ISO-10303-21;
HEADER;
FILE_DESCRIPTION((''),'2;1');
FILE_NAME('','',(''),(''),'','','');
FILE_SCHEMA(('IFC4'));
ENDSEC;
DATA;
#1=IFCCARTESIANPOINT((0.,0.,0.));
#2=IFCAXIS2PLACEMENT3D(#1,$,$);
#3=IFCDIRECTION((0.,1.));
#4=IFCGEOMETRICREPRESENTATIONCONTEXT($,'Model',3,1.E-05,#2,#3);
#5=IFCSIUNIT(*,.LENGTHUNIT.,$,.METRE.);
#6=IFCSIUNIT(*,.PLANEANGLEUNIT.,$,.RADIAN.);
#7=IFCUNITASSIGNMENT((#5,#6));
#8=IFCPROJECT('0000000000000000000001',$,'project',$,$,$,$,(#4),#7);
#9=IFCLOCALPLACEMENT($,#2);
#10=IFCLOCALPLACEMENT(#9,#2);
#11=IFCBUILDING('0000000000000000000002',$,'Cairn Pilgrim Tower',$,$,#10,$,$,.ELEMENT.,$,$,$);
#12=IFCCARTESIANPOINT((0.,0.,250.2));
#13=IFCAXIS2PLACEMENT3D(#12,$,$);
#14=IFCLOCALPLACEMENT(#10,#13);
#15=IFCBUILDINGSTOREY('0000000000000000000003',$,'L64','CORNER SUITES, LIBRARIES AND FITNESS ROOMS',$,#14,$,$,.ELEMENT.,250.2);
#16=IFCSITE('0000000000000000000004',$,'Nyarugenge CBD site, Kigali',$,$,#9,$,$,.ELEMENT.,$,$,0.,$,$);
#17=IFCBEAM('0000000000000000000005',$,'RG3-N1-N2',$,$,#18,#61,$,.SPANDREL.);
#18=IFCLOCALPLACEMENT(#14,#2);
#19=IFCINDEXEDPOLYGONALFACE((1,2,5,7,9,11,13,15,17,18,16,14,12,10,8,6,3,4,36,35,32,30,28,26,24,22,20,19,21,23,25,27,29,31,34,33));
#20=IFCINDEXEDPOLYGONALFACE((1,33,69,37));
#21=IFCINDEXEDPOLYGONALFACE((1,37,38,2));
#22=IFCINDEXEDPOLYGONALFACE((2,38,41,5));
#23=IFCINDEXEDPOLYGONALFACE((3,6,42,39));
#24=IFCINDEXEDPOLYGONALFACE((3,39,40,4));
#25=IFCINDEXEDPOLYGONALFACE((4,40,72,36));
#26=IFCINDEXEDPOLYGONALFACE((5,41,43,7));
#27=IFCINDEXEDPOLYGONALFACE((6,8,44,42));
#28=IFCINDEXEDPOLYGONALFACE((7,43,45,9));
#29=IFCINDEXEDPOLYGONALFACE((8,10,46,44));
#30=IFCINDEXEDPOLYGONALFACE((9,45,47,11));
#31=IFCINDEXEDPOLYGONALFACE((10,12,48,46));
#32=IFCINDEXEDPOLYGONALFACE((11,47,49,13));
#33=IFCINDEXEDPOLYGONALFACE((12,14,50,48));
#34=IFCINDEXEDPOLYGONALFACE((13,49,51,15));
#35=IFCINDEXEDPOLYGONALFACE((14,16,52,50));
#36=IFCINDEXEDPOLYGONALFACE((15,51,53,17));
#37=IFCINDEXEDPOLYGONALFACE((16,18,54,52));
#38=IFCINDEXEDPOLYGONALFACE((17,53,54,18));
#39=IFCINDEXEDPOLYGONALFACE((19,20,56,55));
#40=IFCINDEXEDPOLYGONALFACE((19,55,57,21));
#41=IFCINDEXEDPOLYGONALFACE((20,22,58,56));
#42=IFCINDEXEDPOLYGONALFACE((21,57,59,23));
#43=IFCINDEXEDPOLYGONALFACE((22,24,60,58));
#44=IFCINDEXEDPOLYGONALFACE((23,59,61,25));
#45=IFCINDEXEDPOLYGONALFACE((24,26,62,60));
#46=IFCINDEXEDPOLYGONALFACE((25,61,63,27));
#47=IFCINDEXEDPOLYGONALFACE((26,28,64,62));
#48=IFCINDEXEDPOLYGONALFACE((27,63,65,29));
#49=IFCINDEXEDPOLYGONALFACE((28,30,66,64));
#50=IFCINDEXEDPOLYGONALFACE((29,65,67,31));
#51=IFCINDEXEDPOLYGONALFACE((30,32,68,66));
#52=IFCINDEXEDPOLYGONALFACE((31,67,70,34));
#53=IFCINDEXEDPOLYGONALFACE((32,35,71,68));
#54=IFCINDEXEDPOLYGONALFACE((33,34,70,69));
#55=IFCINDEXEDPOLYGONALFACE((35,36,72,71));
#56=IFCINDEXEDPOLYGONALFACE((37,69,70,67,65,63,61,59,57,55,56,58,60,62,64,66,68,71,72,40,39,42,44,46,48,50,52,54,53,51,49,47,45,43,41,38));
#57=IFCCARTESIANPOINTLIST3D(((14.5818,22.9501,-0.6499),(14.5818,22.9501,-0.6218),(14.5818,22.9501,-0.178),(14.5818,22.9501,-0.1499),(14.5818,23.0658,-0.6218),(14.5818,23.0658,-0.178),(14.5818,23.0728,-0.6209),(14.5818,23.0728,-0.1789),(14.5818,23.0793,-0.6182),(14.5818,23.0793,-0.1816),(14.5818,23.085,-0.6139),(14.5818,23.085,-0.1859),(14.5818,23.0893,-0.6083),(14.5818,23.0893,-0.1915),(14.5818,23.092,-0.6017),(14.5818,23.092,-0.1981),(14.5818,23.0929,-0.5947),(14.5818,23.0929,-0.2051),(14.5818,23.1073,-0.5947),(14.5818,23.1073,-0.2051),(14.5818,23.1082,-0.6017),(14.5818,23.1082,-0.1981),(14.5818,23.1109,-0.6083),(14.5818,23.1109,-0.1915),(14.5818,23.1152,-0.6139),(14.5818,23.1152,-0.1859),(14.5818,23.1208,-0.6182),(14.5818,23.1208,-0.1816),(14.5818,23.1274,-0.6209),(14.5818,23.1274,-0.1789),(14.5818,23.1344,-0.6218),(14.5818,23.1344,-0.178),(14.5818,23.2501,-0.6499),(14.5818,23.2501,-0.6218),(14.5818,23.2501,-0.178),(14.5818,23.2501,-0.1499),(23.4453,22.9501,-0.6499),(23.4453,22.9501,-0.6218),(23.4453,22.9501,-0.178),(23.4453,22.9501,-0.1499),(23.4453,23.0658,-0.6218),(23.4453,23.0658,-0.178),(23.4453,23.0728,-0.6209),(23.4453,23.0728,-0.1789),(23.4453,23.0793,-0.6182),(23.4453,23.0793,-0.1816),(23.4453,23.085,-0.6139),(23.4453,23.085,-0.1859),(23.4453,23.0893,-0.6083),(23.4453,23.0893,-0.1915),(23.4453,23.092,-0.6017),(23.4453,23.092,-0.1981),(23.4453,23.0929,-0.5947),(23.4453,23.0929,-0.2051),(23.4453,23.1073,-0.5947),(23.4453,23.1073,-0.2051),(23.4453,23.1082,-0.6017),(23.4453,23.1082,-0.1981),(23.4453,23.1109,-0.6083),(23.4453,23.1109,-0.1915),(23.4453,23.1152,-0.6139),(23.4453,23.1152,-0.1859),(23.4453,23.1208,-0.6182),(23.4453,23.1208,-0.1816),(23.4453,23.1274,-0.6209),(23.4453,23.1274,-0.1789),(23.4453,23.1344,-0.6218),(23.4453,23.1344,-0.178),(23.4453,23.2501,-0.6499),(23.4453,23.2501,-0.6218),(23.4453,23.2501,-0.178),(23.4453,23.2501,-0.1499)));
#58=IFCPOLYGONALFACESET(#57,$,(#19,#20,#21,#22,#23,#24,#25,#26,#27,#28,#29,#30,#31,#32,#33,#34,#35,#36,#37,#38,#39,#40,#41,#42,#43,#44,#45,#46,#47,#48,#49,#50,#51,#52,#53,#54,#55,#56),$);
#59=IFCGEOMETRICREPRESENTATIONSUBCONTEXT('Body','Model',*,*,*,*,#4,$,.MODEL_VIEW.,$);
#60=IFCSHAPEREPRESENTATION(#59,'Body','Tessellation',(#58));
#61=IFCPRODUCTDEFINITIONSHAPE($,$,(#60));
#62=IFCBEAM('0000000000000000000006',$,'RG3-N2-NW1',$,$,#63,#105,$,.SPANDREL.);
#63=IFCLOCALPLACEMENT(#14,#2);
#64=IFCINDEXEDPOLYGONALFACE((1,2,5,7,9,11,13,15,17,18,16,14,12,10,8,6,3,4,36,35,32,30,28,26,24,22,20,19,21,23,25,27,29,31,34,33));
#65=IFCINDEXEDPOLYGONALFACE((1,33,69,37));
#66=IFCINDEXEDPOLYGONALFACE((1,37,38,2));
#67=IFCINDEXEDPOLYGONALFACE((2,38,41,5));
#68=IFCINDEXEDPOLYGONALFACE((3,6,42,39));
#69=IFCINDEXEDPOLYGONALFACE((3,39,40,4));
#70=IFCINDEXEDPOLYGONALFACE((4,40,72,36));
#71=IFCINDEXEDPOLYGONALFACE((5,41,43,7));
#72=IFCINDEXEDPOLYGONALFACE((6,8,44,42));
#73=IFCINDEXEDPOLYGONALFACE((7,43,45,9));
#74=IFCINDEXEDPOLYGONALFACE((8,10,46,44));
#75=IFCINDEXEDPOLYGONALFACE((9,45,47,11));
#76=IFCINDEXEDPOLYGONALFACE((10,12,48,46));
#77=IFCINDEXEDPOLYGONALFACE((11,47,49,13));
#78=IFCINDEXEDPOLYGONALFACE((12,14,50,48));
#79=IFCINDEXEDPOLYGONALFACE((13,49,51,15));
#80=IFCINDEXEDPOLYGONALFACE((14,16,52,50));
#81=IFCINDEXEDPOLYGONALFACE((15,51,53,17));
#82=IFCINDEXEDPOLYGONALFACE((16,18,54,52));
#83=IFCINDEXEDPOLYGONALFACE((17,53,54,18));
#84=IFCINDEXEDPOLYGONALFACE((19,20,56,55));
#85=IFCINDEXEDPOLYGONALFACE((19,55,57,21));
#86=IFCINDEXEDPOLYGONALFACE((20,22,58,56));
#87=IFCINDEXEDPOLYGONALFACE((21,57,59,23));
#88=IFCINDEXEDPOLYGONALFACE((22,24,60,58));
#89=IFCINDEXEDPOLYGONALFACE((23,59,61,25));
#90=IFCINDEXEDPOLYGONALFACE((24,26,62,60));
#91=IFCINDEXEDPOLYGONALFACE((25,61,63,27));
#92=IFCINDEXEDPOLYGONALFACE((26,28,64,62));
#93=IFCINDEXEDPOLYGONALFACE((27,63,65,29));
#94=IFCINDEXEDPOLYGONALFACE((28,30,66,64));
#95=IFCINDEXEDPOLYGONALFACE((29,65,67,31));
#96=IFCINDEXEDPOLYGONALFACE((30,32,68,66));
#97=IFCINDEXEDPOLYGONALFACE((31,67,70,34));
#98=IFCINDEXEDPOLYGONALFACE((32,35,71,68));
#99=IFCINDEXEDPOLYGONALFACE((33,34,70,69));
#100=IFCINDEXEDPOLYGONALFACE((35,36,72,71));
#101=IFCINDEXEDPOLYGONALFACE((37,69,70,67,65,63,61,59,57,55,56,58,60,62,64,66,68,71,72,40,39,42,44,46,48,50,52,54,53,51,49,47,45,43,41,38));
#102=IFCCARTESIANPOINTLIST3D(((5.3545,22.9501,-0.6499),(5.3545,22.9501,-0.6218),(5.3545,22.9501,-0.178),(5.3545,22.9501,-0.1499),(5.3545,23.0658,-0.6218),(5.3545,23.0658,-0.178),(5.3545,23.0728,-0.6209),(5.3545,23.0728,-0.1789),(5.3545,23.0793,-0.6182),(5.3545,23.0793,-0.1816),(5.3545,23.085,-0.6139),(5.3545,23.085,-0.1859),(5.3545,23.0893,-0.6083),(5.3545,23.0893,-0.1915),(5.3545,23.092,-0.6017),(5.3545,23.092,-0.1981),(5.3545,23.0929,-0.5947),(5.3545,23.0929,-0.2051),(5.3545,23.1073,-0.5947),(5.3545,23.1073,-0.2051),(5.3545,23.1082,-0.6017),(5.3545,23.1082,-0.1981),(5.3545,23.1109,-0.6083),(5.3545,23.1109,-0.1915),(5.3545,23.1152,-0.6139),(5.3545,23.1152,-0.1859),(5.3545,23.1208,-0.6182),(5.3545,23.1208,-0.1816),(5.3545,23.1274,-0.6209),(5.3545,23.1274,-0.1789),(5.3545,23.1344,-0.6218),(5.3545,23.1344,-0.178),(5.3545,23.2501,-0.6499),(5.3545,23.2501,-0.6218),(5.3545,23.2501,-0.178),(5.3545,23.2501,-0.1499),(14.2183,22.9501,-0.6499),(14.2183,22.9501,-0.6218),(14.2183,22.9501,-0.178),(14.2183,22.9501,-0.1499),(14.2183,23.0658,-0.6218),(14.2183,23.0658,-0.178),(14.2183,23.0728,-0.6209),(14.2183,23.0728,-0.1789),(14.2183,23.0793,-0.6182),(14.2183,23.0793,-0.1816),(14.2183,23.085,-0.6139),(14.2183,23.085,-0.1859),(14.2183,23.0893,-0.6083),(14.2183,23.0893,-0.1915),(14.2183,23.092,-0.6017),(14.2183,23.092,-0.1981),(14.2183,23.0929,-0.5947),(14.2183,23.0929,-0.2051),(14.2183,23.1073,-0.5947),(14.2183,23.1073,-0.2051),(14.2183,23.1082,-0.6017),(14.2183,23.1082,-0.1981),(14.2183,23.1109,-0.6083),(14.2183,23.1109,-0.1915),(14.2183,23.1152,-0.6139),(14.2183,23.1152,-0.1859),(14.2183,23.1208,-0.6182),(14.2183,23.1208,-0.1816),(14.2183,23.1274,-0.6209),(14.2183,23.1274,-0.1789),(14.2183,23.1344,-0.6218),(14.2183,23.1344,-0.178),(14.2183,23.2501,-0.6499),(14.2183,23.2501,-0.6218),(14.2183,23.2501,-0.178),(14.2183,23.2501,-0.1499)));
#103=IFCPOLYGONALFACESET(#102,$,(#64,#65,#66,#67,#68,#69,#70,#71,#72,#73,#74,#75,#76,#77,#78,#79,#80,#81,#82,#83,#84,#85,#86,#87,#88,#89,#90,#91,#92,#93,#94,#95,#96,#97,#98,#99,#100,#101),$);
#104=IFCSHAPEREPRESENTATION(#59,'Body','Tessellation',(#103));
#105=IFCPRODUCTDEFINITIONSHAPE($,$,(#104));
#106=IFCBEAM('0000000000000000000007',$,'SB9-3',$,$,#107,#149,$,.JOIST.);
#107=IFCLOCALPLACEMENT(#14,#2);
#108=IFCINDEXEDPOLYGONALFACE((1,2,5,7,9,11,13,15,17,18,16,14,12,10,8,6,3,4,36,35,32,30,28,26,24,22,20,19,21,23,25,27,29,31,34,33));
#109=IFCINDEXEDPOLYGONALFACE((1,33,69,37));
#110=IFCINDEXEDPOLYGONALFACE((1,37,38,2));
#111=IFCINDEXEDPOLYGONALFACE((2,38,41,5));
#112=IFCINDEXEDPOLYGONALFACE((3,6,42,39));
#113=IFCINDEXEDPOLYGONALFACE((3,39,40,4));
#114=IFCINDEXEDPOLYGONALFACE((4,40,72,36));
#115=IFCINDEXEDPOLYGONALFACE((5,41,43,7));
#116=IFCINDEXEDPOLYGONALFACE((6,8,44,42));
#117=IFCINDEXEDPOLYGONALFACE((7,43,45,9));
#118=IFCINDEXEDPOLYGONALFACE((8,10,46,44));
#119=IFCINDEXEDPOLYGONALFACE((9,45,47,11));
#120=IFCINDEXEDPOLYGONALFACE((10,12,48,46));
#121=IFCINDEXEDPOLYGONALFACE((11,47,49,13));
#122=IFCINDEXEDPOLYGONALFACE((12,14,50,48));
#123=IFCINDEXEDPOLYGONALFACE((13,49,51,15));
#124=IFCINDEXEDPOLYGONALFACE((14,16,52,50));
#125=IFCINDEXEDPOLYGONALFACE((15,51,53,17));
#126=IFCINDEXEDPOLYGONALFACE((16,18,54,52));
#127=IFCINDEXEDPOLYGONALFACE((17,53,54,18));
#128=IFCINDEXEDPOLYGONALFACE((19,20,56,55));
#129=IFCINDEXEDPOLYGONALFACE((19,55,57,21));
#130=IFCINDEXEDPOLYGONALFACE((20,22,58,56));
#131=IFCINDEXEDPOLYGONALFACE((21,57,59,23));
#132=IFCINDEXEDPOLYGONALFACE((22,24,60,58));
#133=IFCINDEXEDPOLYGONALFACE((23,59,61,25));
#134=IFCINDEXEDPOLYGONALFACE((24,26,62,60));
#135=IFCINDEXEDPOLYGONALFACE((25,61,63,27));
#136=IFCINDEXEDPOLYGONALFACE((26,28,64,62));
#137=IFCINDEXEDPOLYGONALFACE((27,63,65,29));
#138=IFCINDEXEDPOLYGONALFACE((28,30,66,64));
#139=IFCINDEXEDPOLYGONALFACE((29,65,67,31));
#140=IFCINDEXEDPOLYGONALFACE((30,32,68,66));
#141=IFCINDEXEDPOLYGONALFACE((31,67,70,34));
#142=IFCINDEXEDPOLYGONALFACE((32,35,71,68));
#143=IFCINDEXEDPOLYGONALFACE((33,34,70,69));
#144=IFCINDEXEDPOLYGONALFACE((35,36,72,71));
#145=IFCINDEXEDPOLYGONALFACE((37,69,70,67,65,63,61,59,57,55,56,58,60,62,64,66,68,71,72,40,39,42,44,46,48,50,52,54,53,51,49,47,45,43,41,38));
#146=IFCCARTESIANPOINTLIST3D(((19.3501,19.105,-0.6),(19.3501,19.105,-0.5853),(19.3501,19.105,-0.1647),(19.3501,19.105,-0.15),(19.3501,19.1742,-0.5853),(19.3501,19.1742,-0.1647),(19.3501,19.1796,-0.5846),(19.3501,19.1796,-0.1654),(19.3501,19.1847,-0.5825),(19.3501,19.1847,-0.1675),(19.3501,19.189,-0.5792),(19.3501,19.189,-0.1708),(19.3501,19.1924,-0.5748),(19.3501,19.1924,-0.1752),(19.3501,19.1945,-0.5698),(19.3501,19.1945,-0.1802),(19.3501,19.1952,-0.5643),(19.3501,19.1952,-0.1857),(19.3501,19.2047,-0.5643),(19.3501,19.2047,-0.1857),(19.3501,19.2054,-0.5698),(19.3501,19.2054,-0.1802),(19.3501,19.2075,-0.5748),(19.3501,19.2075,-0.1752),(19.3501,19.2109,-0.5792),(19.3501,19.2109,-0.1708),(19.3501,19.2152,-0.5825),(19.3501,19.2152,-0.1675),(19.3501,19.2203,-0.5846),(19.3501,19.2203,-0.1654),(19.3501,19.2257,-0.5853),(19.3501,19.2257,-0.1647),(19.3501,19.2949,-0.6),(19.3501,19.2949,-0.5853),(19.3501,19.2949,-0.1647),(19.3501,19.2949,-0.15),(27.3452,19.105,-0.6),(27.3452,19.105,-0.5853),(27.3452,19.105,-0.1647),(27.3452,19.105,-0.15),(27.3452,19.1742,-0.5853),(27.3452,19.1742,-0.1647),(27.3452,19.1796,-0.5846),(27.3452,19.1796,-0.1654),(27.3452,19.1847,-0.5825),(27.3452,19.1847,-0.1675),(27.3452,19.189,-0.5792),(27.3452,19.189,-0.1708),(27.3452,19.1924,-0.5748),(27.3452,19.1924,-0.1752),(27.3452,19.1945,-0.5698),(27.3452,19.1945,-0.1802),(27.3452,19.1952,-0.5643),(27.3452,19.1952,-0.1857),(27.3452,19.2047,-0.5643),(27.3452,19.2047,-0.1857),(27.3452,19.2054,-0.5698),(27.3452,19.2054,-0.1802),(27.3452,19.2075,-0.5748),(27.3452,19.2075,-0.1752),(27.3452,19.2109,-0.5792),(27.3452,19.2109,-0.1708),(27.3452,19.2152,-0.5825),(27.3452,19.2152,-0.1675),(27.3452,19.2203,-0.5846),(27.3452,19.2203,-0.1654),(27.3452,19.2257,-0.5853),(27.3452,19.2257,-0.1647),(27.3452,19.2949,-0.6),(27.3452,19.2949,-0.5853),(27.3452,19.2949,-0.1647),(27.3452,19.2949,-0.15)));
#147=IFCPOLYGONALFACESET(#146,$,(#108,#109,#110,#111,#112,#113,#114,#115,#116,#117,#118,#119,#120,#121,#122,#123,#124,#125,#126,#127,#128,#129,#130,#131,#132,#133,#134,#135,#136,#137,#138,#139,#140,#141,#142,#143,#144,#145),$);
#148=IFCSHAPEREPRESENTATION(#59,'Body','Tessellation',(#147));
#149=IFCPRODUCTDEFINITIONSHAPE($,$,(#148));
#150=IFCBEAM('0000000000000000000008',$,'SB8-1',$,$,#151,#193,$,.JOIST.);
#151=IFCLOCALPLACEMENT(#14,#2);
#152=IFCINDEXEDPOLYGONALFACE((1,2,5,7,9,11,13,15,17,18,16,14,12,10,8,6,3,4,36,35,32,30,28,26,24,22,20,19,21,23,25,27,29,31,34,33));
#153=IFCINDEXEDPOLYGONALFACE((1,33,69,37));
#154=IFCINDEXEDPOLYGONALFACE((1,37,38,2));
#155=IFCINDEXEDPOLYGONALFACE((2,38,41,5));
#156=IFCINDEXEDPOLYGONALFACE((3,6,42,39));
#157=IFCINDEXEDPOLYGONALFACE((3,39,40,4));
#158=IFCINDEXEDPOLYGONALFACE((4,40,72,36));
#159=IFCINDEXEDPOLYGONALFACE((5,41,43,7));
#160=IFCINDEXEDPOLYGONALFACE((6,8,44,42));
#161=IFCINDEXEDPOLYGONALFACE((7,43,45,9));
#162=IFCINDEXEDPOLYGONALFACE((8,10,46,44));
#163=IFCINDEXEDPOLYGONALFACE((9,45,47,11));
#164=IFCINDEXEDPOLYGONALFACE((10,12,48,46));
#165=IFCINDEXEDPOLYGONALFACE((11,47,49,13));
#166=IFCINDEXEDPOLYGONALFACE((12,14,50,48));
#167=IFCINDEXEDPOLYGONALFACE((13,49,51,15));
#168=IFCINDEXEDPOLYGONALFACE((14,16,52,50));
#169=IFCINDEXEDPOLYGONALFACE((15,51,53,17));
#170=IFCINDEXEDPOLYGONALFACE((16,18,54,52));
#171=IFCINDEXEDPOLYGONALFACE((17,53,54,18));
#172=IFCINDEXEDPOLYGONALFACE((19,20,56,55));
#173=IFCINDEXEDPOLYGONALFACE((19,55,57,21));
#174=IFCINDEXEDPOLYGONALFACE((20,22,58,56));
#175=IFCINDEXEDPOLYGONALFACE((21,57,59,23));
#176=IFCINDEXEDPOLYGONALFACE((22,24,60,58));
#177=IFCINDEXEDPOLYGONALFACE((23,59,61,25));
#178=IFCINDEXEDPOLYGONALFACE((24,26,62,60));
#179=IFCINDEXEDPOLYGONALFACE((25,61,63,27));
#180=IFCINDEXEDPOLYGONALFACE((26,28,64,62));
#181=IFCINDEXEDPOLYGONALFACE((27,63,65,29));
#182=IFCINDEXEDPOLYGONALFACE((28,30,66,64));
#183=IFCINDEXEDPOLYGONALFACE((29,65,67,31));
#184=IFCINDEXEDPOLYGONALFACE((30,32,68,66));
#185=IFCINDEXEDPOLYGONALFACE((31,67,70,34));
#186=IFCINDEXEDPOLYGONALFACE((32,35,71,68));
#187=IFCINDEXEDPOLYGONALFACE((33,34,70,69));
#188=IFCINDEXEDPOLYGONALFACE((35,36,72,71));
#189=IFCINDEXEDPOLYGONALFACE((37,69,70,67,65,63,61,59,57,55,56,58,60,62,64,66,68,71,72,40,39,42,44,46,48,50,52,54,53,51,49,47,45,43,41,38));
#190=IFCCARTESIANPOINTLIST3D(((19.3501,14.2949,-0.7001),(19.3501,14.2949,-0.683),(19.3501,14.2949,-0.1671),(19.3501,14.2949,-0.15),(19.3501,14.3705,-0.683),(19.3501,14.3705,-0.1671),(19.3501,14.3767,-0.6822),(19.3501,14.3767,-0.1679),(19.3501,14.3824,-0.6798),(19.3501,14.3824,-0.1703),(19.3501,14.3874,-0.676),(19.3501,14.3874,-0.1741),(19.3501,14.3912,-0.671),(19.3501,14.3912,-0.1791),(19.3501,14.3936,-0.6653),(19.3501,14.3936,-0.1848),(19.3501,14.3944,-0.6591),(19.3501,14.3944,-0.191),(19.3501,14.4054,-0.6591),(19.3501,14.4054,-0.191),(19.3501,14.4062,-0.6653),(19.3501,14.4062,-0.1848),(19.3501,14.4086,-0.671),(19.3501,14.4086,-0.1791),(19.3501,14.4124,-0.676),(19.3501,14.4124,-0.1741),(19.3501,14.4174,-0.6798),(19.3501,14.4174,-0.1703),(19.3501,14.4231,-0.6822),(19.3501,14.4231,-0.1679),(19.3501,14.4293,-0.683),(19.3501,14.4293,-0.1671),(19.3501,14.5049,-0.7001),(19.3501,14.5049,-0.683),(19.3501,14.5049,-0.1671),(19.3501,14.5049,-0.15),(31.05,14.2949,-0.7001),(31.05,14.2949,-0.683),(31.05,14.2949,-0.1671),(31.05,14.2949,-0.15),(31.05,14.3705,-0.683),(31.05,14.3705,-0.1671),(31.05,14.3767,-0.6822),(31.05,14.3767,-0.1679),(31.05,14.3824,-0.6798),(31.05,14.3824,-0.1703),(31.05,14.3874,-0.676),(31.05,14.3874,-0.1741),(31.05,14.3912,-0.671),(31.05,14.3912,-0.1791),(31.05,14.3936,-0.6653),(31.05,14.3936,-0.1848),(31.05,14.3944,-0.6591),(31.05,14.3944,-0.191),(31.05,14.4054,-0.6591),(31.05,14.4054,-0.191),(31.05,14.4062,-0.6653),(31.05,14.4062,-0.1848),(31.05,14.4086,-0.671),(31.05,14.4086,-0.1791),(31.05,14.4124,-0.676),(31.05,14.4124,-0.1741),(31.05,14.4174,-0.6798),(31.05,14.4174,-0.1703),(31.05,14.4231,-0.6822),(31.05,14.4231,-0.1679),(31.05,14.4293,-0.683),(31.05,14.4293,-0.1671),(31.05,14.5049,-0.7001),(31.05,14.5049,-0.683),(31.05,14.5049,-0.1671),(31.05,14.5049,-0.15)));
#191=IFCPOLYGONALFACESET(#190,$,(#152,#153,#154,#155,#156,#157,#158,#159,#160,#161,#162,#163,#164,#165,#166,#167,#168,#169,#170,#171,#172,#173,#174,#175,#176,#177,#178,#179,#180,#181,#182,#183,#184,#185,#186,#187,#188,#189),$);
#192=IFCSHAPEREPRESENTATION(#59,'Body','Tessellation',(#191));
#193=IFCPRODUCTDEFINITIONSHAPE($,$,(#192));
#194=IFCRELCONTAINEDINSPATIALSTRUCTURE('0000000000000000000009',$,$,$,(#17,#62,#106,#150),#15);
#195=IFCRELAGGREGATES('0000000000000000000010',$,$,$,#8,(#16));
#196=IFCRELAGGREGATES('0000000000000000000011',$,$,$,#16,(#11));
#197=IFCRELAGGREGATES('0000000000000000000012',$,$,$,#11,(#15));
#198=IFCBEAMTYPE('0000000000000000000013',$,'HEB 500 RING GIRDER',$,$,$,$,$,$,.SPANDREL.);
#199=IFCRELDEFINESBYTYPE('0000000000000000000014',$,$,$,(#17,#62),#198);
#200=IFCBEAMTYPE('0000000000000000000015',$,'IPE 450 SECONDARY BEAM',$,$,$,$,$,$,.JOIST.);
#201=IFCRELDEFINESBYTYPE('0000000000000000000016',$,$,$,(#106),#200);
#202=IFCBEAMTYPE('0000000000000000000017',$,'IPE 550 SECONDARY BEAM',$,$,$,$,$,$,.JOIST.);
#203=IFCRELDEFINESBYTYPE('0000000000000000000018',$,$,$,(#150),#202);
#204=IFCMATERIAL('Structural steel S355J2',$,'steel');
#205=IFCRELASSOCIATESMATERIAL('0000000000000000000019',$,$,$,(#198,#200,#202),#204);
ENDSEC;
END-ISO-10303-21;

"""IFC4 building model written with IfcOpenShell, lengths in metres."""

from ifc_helpers import new_model, si_unit, direction, frame, origin, origin_2d, place, context, subcontext, project, spatial, i_section, extrude, material, material_profile, profile_set, type_object, element, save


model = new_model("IFC4")

# Units and contexts
model_context = context("Model", 3, precision=1e-05, world=origin(), true_north=direction((0.0, 1.0)))
body_context = subcontext(model_context, "Body", "Model", "MODEL_VIEW")
ifc_project = project(units=[si_unit("LENGTHUNIT", "METRE"), si_unit("PLANEANGLEUNIT", "RADIAN")], contexts=[model_context])

# Site, building, storey
site_placement = place(None, origin())
site = spatial("IfcSite", under=ifc_project, at=site_placement, Name="Nyarugenge CBD site, Kigali", CompositionType="ELEMENT", RefElevation=0.0)
building_placement = place(site_placement, origin())
building = spatial("IfcBuilding", under=site, at=building_placement, Name="Cairn Pilgrim Tower", CompositionType="ELEMENT")
storey_placement = place(building_placement, frame((0.0, 0.0, 250.2)))
storey = spatial("IfcBuildingStorey", under=building, at=storey_placement, Name="L64", Description="CORNER SUITES, LIBRARIES AND FITNESS ROOMS", CompositionType="ELEMENT", Elevation=250.2)

# Beams
ifc_material_1 = material(Name="Structural steel S355J2", Category="steel")
ifc_material_profile_1 = material_profile(ifc_material_1, i_section(OverallWidth=0.3, OverallDepth=0.5, WebThickness=0.0144, FlangeThickness=0.0281, FilletRadius=0.0271, at=origin_2d()), Name="HEB 500")
ifc_profile_set_1 = profile_set([ifc_material_profile_1], Name="Structural steel S355J2")
beam_type_1 = type_object("IfcBeamType", Name="HEB 500 RING GIRDER", PredefinedType="SPANDREL", material=ifc_profile_set_1)
beam_1_placement = place(storey_placement, frame((23.4453, 23.1001, -0.3999), z_axis=(-1.0, 0.0, 0.0), x_axis=(0.0, -1.0, 0.0)))
element("IfcBeam", 1, at=beam_1_placement, inside=storey, type_object=beam_type_1, Name="RG3-N1-N2", PredefinedType="SPANDREL", context=body_context, shape_type="SweptSolid", body=[
    extrude(i_section(OverallWidth=0.3, OverallDepth=0.5, WebThickness=0.0144, FlangeThickness=0.0281, FilletRadius=0.0271, at=origin_2d()), origin(), (0.0, 0.0, 1.0), 8.8635),
])
beam_2_placement = place(storey_placement, frame((14.2183, 23.1001, -0.3999), z_axis=(-1.0, 0.0, 0.0), x_axis=(0.0, -1.0, 0.0)))
element("IfcBeam", 2, at=beam_2_placement, inside=storey, type_object=beam_type_1, Name="RG3-N2-NW1", PredefinedType="SPANDREL", context=body_context, shape_type="SweptSolid", body=[
    extrude(i_section(OverallWidth=0.3, OverallDepth=0.5, WebThickness=0.0144, FlangeThickness=0.0281, FilletRadius=0.0271, at=origin_2d()), origin(), (0.0, 0.0, 1.0), 8.8638),
])
ifc_material_profile_2 = material_profile(ifc_material_1, i_section(OverallWidth=0.1899, OverallDepth=0.45, WebThickness=0.0095, FlangeThickness=0.0146, FilletRadius=0.021, at=origin_2d()), Name="IPE 450")
ifc_profile_set_2 = profile_set([ifc_material_profile_2], Name="Structural steel S355J2")
beam_type_2 = type_object("IfcBeamType", Name="IPE 450 SECONDARY BEAM", PredefinedType="JOIST", material=ifc_profile_set_2)
beam_3_placement = place(storey_placement, frame((19.3501, 19.2, -0.375), z_axis=(1.0, 0.0, 0.0), x_axis=(0.0, 1.0, 0.0)))
element("IfcBeam", 3, at=beam_3_placement, inside=storey, type_object=beam_type_2, Name="SB9-3", PredefinedType="JOIST", context=body_context, shape_type="SweptSolid", body=[
    extrude(i_section(OverallWidth=0.1899, OverallDepth=0.45, WebThickness=0.0095, FlangeThickness=0.0146, FilletRadius=0.021, at=origin_2d()), origin(), (0.0, 0.0, 1.0), 7.9951),
])
ifc_material_profile_3 = material_profile(ifc_material_1, i_section(OverallWidth=0.21, OverallDepth=0.55, WebThickness=0.011, FlangeThickness=0.0171, FilletRadius=0.0239, at=origin_2d()), Name="IPE 550")
ifc_profile_set_3 = profile_set([ifc_material_profile_3], Name="Structural steel S355J2")
beam_type_3 = type_object("IfcBeamType", Name="IPE 550 SECONDARY BEAM", PredefinedType="JOIST", material=ifc_profile_set_3)
beam_4_placement = place(storey_placement, frame((19.3501, 14.3999, -0.425), z_axis=(1.0, 0.0, 0.0), x_axis=(0.0, 1.0, 0.0)))
element("IfcBeam", 4, at=beam_4_placement, inside=storey, type_object=beam_type_3, Name="SB8-1", PredefinedType="JOIST", context=body_context, shape_type="SweptSolid", body=[
    extrude(i_section(OverallWidth=0.21, OverallDepth=0.55, WebThickness=0.011, FlangeThickness=0.0171, FilletRadius=0.0239, at=origin_2d()), origin(), (0.0, 0.0, 1.0), 11.7),
])

save(model, "model.ifc")
